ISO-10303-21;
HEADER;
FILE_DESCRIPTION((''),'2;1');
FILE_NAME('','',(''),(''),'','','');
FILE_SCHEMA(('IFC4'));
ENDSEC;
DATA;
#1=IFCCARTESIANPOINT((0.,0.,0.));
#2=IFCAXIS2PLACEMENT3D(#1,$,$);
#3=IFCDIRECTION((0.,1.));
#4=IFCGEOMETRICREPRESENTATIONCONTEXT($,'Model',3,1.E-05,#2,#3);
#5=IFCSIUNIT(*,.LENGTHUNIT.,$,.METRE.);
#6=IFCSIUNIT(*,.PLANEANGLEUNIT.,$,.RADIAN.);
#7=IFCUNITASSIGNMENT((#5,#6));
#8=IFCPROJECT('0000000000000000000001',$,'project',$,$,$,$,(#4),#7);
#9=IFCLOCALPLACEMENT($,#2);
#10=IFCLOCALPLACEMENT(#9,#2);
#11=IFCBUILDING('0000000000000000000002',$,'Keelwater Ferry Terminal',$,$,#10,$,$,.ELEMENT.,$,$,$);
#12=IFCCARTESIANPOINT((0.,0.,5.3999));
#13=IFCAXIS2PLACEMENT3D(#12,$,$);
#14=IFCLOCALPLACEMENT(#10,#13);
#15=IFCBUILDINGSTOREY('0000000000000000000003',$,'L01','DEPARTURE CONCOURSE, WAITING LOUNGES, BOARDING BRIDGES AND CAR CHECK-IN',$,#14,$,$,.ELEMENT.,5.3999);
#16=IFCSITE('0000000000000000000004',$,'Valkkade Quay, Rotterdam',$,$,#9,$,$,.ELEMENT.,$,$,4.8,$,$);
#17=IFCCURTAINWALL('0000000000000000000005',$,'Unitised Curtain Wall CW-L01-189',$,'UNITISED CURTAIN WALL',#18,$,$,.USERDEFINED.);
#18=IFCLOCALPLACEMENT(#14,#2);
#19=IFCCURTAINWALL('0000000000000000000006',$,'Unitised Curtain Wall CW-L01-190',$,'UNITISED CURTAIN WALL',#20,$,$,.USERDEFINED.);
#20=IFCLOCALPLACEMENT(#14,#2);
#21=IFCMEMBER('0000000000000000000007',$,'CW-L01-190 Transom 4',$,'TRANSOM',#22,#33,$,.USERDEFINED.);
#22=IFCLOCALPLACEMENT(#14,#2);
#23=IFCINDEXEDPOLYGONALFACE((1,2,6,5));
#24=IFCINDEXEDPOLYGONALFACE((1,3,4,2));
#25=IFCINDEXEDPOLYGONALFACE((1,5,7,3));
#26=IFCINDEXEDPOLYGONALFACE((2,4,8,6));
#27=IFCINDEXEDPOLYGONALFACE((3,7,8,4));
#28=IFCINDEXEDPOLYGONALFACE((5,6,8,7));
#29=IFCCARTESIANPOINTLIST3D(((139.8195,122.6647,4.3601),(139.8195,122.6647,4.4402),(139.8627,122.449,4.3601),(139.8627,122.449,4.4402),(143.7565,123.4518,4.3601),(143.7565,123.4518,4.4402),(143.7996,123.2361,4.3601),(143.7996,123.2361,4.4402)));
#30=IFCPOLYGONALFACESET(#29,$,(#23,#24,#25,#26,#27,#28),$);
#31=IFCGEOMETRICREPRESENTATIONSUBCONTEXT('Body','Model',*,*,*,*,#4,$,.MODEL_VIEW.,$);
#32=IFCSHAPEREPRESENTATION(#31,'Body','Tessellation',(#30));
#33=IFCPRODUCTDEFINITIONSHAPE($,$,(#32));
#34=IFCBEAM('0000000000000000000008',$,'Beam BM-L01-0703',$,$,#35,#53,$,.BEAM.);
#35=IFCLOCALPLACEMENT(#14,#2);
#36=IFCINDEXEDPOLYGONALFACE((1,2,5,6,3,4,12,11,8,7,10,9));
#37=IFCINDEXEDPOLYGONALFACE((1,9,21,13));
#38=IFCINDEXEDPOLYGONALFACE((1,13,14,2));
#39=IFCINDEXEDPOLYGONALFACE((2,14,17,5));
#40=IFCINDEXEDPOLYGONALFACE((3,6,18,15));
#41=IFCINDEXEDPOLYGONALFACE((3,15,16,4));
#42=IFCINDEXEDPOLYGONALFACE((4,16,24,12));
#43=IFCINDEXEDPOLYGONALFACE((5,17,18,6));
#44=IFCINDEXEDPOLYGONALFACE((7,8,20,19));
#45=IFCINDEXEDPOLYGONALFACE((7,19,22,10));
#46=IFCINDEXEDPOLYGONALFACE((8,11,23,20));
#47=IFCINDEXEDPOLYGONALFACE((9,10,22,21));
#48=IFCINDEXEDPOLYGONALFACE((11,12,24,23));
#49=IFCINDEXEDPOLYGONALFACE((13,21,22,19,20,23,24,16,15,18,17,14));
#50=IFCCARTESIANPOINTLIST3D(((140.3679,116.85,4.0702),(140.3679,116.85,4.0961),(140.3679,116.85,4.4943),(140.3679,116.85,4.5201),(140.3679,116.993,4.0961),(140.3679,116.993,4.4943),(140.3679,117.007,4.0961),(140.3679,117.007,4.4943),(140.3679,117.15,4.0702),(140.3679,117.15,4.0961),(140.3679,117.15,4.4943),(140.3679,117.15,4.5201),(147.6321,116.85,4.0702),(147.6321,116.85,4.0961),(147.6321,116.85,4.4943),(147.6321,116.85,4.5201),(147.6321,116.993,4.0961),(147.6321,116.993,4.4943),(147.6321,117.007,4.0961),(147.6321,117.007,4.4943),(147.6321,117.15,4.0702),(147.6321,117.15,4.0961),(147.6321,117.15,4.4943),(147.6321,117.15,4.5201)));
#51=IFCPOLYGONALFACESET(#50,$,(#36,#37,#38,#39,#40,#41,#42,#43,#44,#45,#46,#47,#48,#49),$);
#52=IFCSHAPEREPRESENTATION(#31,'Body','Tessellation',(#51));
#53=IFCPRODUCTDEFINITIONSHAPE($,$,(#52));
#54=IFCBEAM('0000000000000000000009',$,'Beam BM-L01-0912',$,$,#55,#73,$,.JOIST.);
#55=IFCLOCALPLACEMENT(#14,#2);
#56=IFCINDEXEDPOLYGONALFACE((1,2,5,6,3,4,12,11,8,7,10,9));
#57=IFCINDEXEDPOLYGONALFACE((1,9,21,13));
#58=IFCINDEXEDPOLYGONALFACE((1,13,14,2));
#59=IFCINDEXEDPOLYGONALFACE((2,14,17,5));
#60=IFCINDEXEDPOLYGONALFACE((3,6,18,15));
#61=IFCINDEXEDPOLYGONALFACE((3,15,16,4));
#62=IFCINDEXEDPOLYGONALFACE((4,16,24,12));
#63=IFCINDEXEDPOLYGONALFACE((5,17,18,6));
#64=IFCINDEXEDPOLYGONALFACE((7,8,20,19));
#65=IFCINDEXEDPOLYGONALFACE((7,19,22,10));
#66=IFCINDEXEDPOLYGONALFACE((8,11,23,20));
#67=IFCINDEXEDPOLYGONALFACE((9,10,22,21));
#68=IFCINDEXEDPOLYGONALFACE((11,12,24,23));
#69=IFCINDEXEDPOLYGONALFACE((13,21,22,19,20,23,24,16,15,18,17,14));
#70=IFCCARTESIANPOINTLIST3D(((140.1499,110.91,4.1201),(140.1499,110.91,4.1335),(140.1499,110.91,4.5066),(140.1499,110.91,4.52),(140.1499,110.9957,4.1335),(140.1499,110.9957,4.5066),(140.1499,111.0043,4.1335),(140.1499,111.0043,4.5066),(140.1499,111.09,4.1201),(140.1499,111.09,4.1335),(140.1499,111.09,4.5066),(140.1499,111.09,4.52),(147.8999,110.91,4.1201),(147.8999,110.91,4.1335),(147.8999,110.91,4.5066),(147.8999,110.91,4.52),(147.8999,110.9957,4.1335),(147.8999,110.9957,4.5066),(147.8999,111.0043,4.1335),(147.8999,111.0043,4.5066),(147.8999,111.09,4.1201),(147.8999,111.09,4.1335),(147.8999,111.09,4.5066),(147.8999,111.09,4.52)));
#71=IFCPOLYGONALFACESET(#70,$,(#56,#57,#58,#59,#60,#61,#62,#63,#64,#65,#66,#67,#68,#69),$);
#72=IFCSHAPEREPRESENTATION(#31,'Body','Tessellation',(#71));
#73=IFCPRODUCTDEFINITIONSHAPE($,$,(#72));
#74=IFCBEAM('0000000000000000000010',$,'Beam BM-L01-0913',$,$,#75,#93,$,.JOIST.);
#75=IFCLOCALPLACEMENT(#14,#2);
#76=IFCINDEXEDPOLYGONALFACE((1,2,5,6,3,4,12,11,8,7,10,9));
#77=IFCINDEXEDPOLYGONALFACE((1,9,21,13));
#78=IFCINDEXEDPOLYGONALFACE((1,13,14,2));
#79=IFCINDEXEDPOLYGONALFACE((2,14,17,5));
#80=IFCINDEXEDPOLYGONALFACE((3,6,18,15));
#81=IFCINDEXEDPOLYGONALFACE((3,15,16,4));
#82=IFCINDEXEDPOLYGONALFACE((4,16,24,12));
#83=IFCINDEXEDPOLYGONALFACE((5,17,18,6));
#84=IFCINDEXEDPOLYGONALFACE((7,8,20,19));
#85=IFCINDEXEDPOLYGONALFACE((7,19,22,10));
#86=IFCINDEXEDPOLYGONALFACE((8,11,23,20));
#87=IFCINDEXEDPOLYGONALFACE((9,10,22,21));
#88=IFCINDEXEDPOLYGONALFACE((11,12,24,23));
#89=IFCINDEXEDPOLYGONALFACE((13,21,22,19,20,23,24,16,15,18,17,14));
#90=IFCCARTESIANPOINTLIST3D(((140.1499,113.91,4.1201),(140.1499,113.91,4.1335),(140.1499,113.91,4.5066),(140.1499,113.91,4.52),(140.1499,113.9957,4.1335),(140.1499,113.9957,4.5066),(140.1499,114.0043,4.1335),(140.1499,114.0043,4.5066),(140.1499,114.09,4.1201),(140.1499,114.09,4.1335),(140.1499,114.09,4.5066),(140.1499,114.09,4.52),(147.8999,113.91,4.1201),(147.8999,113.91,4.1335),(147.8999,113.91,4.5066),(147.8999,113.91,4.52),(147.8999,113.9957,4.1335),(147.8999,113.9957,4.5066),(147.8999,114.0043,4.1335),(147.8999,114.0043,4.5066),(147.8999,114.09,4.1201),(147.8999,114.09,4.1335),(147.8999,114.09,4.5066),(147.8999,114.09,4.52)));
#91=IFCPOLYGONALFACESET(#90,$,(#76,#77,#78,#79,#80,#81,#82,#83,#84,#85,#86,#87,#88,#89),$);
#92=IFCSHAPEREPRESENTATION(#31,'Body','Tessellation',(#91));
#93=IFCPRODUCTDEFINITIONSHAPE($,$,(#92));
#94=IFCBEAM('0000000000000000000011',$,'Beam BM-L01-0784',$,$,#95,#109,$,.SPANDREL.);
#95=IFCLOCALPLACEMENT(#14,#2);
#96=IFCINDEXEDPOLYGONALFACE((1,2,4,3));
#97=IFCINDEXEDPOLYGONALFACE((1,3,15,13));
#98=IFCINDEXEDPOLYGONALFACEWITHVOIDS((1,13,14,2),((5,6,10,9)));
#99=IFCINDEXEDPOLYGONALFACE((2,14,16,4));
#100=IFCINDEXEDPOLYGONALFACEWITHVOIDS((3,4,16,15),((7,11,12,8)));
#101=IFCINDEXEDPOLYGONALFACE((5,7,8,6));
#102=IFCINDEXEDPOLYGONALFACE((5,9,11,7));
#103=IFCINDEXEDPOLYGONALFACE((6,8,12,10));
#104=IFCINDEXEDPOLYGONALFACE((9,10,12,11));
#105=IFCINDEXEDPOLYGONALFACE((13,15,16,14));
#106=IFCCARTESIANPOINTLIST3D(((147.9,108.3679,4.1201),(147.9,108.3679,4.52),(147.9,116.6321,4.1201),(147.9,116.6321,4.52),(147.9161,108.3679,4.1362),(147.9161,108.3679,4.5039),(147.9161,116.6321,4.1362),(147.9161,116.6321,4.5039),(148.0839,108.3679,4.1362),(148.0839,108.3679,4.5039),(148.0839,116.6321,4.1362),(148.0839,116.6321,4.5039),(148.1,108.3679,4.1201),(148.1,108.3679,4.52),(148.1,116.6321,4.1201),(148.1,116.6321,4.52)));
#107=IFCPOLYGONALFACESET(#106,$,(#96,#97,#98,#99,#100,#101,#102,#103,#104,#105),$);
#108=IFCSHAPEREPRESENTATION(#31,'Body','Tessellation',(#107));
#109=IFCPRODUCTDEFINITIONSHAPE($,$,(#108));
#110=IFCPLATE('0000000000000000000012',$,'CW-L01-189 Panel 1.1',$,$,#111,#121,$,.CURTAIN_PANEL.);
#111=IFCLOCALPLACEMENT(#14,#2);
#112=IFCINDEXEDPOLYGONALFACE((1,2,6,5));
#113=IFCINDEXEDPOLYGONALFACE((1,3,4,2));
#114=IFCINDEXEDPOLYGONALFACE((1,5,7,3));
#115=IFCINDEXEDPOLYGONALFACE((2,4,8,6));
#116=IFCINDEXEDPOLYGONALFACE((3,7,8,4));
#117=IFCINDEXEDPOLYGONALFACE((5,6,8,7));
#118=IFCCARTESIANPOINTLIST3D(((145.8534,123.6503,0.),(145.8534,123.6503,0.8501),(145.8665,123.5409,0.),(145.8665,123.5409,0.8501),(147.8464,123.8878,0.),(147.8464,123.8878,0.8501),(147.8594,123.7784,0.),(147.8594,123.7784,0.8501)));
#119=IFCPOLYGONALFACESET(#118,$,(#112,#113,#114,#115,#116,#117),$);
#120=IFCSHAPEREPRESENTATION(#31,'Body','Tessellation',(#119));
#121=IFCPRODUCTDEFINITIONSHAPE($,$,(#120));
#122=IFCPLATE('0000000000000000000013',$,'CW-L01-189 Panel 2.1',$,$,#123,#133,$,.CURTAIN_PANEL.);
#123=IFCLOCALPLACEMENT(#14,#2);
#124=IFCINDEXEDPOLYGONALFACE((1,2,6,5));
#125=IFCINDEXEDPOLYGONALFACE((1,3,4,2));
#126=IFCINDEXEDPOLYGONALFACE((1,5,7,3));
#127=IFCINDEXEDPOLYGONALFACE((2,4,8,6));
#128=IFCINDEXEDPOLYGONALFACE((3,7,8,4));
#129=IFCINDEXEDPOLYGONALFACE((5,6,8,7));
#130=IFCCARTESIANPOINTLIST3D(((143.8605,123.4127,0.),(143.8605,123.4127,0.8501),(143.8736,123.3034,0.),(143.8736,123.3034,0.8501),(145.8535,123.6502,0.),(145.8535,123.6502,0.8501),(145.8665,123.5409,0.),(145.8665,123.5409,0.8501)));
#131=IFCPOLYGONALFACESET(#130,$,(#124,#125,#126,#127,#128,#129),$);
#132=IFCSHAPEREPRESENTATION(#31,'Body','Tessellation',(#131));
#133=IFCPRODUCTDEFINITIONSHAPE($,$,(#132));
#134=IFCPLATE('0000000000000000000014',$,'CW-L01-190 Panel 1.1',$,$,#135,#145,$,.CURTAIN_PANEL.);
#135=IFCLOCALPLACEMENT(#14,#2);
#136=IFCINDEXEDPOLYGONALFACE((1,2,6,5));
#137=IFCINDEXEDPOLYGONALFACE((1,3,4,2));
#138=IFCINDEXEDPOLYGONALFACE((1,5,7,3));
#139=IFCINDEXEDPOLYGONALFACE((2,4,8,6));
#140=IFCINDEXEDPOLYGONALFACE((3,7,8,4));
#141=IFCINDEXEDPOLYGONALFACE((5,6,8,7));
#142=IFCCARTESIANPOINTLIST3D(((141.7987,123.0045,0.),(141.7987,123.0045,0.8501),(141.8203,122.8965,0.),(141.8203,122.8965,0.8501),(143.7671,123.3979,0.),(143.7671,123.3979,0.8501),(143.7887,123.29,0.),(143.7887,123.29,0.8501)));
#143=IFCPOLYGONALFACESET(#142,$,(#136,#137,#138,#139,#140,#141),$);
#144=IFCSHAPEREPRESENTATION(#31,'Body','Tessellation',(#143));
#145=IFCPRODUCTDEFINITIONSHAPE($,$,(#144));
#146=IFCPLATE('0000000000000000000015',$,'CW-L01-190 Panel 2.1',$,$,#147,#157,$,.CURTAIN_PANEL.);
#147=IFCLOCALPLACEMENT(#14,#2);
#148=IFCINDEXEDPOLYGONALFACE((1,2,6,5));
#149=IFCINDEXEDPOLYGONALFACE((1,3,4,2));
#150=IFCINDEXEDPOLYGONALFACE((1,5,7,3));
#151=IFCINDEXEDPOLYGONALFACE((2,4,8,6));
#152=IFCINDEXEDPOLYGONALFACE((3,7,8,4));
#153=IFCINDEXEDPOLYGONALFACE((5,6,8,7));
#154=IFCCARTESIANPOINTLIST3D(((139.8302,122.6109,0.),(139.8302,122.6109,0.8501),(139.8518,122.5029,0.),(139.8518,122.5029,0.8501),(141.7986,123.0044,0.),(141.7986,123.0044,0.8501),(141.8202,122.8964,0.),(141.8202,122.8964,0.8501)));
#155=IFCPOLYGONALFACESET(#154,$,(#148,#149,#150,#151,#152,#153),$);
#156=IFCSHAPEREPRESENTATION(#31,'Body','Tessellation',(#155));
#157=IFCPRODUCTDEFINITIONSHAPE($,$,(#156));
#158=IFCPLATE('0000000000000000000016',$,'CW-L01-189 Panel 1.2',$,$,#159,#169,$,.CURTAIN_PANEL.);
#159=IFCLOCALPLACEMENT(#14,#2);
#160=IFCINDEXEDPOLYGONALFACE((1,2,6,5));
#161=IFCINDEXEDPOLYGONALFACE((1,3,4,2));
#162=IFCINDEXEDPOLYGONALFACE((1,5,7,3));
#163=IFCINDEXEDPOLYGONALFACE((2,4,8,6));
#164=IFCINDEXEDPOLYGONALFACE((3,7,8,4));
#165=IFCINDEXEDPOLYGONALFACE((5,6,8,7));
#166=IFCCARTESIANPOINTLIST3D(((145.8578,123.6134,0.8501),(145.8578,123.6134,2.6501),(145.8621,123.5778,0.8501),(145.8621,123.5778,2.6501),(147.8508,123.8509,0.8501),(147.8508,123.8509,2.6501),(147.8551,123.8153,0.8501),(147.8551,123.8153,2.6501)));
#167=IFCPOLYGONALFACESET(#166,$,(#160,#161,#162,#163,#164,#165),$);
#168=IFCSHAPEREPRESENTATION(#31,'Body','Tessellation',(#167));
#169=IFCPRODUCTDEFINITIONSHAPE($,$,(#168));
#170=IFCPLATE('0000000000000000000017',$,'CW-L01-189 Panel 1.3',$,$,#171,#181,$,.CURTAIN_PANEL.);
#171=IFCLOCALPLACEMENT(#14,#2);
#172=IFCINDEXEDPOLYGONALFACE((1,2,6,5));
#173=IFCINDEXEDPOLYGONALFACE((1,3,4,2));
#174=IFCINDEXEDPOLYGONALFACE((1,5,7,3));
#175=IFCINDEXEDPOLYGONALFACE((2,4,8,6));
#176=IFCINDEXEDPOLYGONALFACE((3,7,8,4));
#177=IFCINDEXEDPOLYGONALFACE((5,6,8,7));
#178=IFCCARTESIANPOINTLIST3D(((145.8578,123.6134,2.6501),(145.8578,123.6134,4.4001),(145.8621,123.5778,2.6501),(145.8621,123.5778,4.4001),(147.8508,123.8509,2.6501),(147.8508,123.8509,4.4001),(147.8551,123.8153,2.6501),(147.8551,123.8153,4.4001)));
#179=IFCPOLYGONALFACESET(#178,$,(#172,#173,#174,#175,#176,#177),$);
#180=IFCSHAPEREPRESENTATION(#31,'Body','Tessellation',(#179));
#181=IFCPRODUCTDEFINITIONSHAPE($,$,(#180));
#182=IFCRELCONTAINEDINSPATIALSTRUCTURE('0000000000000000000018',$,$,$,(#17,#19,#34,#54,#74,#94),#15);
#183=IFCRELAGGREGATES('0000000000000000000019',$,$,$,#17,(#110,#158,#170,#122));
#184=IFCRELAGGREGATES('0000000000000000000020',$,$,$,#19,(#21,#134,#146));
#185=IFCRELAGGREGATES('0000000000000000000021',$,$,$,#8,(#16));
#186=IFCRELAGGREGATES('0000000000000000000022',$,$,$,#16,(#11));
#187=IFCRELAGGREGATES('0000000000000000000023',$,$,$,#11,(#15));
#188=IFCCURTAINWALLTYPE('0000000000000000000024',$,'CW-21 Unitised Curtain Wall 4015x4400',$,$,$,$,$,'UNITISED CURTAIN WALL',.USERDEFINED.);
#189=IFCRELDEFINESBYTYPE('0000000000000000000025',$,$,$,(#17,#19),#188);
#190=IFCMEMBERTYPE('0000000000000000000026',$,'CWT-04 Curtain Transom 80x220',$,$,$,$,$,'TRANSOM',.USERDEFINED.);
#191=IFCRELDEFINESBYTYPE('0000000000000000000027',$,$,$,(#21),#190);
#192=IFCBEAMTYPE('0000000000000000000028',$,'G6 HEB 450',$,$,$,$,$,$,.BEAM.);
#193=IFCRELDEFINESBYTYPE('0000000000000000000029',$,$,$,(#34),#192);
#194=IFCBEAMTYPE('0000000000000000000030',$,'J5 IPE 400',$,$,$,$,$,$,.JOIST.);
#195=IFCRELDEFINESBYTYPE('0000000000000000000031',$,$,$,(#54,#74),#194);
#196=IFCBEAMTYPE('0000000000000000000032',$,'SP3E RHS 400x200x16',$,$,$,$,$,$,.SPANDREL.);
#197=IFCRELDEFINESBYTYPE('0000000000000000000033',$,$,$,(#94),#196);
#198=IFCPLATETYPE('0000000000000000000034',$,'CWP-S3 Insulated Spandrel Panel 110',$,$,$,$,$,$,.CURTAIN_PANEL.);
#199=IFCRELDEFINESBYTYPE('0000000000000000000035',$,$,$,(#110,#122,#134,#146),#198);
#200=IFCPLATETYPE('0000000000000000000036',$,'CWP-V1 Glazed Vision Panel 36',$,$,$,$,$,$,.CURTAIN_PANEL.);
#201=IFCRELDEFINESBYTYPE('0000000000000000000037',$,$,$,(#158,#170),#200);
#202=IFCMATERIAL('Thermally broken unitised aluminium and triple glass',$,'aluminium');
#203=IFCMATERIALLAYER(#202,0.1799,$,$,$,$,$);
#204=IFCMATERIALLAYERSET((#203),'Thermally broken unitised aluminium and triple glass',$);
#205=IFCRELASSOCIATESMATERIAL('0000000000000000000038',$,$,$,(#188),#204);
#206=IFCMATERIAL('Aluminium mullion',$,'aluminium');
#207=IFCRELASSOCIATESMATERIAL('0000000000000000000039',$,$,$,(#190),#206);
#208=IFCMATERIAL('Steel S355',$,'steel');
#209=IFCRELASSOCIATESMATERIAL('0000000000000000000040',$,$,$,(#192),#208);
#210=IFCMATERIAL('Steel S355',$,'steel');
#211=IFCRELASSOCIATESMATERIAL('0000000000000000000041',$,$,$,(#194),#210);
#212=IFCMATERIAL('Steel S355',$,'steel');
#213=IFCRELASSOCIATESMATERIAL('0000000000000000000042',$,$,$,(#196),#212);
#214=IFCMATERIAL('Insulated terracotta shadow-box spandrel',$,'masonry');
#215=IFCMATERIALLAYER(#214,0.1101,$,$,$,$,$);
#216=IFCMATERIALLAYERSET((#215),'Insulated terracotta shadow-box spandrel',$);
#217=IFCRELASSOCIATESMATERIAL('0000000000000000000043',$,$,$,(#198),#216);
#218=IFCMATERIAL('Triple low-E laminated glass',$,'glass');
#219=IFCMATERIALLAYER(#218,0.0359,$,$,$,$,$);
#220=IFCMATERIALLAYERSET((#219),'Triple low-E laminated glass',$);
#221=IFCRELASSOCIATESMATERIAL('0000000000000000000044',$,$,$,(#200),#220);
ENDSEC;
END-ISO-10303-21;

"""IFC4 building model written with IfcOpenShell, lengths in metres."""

from ifc_helpers import new_model, si_unit, direction, frame, origin, origin_2d, place, context, subcontext, project, spatial, rectangle, hollow_rectangle, i_section, extrude, material, layer, layer_set, material_profile, profile_set, type_object, element, aggregate, save


model = new_model("IFC4")

# Units and contexts
model_context = context("Model", 3, precision=1e-05, world=origin(), true_north=direction((0.0, 1.0)))
body_context = subcontext(model_context, "Body", "Model", "MODEL_VIEW")
ifc_project = project(units=[si_unit("LENGTHUNIT", "METRE"), si_unit("PLANEANGLEUNIT", "RADIAN")], contexts=[model_context])

# Site, building, storey
site_placement = place(None, origin())
site = spatial("IfcSite", under=ifc_project, at=site_placement, Name="Valkkade Quay, Rotterdam", CompositionType="ELEMENT", RefElevation=4.8)
building_placement = place(site_placement, origin())
building = spatial("IfcBuilding", under=site, at=building_placement, Name="Keelwater Ferry Terminal", CompositionType="ELEMENT")
storey_placement = place(building_placement, frame((0.0, 0.0, 5.3999)))
storey = spatial("IfcBuildingStorey", under=building, at=storey_placement, Name="L01", Description="DEPARTURE CONCOURSE, WAITING LOUNGES, BOARDING BRIDGES AND CAR CHECK-IN", CompositionType="ELEMENT", Elevation=5.3999)

# Shared definitions
ifc_material_1 = material(Name="Thermally broken unitised aluminium and triple glass", Category="aluminium")
ifc_layer_1 = layer(ifc_material_1, 0.1799)
ifc_layer_set_1 = layer_set([ifc_layer_1], Name="Thermally broken unitised aluminium and triple glass")
curtain_wall_type = type_object("IfcCurtainWallType", Name="CW-21 Unitised Curtain Wall 4015x4400", ElementType="UNITISED CURTAIN WALL", PredefinedType="USERDEFINED", material=ifc_layer_set_1)

# Curtain walls
curtain_wall_1_placement = place(storey_placement, origin())
curtain_wall_1 = element("IfcCurtainWall", 1, at=curtain_wall_1_placement, inside=storey, type_object=curtain_wall_type, Name="Unitised Curtain Wall CW-L01-189", ObjectType="UNITISED CURTAIN WALL", PredefinedType="USERDEFINED")
curtain_wall_2_placement = place(storey_placement, origin())
curtain_wall_2 = element("IfcCurtainWall", 2, at=curtain_wall_2_placement, inside=storey, type_object=curtain_wall_type, Name="Unitised Curtain Wall CW-L01-190", ObjectType="UNITISED CURTAIN WALL", PredefinedType="USERDEFINED")

# Member
ifc_material_2 = material(Name="Aluminium mullion", Category="aluminium")
ifc_material_profile_1 = material_profile(ifc_material_2, rectangle(XDim=0.22, YDim=0.0801, at=origin_2d()), Name="CWT-04")
ifc_profile_set_1 = profile_set([ifc_material_profile_1], Name="Aluminium mullion")
member_type_1 = type_object("IfcMemberType", Name="CWT-04 Curtain Transom 80x220", ElementType="TRANSOM", PredefinedType="USERDEFINED", material=ifc_profile_set_1)
member_1_placement = place(storey_placement, frame((143.7781, 123.344, 4.4001), z_axis=(-0.980595, -0.196046, 0.0), x_axis=(0.196046, -0.980595, 0.0)))
member_1 = element("IfcMember", 3, at=member_1_placement, type_object=member_type_1, Name="CW-L01-190 Transom 4", ObjectType="TRANSOM", PredefinedType="USERDEFINED", context=body_context, shape_type="SweptSolid", body=[
    extrude(rectangle(XDim=0.22, YDim=0.0801, at=origin_2d()), origin(), (0.0, 0.0, 1.0), 4.0149),
])

# Beams
ifc_material_3 = material(Name="Steel S355", Category="steel")
ifc_material_profile_2 = material_profile(ifc_material_3, i_section(OverallWidth=0.3, OverallDepth=0.45, WebThickness=0.0139, FlangeThickness=0.0259, at=origin_2d()), Name="HEB 450")
ifc_profile_set_2 = profile_set([ifc_material_profile_2], Name="Steel S355")
beam_type_1 = type_object("IfcBeamType", Name="G6 HEB 450", PredefinedType="BEAM", material=ifc_profile_set_2)
beam_1_placement = place(storey_placement, frame((140.3679, 117.0, 4.2952), z_axis=(1.0, 0.0, 0.0), x_axis=(0.0, 1.0, 0.0)))
element("IfcBeam", 4, at=beam_1_placement, inside=storey, type_object=beam_type_1, Name="Beam BM-L01-0703", PredefinedType="BEAM", context=body_context, shape_type="SweptSolid", body=[
    extrude(i_section(OverallWidth=0.3, OverallDepth=0.45, WebThickness=0.0139, FlangeThickness=0.0259, at=origin_2d()), origin(), (0.0, 0.0, 1.0), 7.2642),
])
ifc_material_4 = material(Name="Steel S355", Category="steel")
ifc_material_profile_3 = material_profile(ifc_material_4, i_section(OverallWidth=0.1799, OverallDepth=0.3999, WebThickness=0.0085, FlangeThickness=0.0134, at=origin_2d()), Name="IPE 400")
ifc_profile_set_3 = profile_set([ifc_material_profile_3], Name="Steel S355")
beam_type_2 = type_object("IfcBeamType", Name="J5 IPE 400", PredefinedType="JOIST", material=ifc_profile_set_3)
for number, where, z_axis, x_axis, name in (
    (5, (140.1499, 111.0, 4.3201), (1.0, 0.0, 0.0), (0.0, 1.0, 0.0), "Beam BM-L01-0912"),
    (6, (140.1499, 114.0, 4.3201), (1.0, 0.0, 0.0), (0.0, 1.0, 0.0), "Beam BM-L01-0913"),
):
    element("IfcBeam", number, at=place(storey_placement, frame(where, z_axis=z_axis, x_axis=x_axis)), inside=storey, type_object=beam_type_2, Name=name, PredefinedType="JOIST", context=body_context, shape_type="SweptSolid", body=[
        extrude(i_section(OverallWidth=0.1799, OverallDepth=0.3999, WebThickness=0.0085, FlangeThickness=0.0134, at=origin_2d()), origin(), (0.0, 0.0, 1.0), 7.75),
    ])
ifc_material_5 = material(Name="Steel S355", Category="steel")
ifc_material_profile_4 = material_profile(ifc_material_5, hollow_rectangle(XDim=0.2, YDim=0.3999, WallThickness=0.0161, at=origin_2d()), Name="RHS 400x200x16")
ifc_profile_set_4 = profile_set([ifc_material_profile_4], Name="Steel S355")
beam_type_3 = type_object("IfcBeamType", Name="SP3E RHS 400x200x16", PredefinedType="SPANDREL", material=ifc_profile_set_4)
beam_2_placement = place(storey_placement, frame((148.0, 108.3679, 4.3201), z_axis=(0.0, 1.0, 0.0), x_axis=(-1.0, 0.0, 0.0)))
element("IfcBeam", 7, at=beam_2_placement, inside=storey, type_object=beam_type_3, Name="Beam BM-L01-0784", PredefinedType="SPANDREL", context=body_context, shape_type="SweptSolid", body=[
    extrude(hollow_rectangle(XDim=0.2, YDim=0.3999, WallThickness=0.0161, at=origin_2d()), origin(), (0.0, 0.0, 1.0), 8.2642),
])

# Plates
ifc_material_6 = material(Name="Insulated terracotta shadow-box spandrel", Category="masonry")
ifc_layer_2 = layer(ifc_material_6, 0.1101)
ifc_layer_set_2 = layer_set([ifc_layer_2], Name="Insulated terracotta shadow-box spandrel")
plate_type_1 = type_object("IfcPlateType", Name="CWP-S3 Insulated Spandrel Panel 110", PredefinedType="CURTAIN_PANEL", material=ifc_layer_set_2)
plate_1_placement = place(storey_placement, frame((146.8564, 123.7144, 0.0), z_axis=(0.0, 0.0, 1.0), x_axis=(-0.992974, -0.11833, 0.0)))
plate_1 = element("IfcPlate", 8, at=plate_1_placement, type_object=plate_type_1, Name="CW-L01-189 Panel 1.1", PredefinedType="CURTAIN_PANEL", context=body_context, shape_type="SweptSolid", body=[
    extrude(rectangle(XDim=2.0071, YDim=0.1101, at=origin_2d()), origin(), (0.0, 0.0, 1.0), 0.8501),
])
plate_2_placement = place(storey_placement, frame((144.8635, 123.4768, 0.0), z_axis=(0.0, 0.0, 1.0), x_axis=(-0.992974, -0.11833, 0.0)))
plate_2 = element("IfcPlate", 9, at=plate_2_placement, type_object=plate_type_1, Name="CW-L01-189 Panel 2.1", PredefinedType="CURTAIN_PANEL", context=body_context, shape_type="SweptSolid", body=[
    extrude(rectangle(XDim=2.0071, YDim=0.1101, at=origin_2d()), origin(), (0.0, 0.0, 1.0), 0.8501),
])
plate_3_placement = place(storey_placement, frame((142.7937, 123.1472, 0.0), z_axis=(0.0, 0.0, 1.0), x_axis=(-0.9806, -0.19602, 0.0)))
plate_3 = element("IfcPlate", 10, at=plate_3_placement, type_object=plate_type_1, Name="CW-L01-190 Panel 1.1", PredefinedType="CURTAIN_PANEL", context=body_context, shape_type="SweptSolid", body=[
    extrude(rectangle(XDim=2.0073, YDim=0.1101, at=origin_2d()), origin(), (0.0, 0.0, 1.0), 0.8501),
])
plate_4_placement = place(storey_placement, frame((140.8252, 122.7537, 0.0), z_axis=(0.0, 0.0, 1.0), x_axis=(-0.9806, -0.19602, 0.0)))
plate_4 = element("IfcPlate", 11, at=plate_4_placement, type_object=plate_type_1, Name="CW-L01-190 Panel 2.1", PredefinedType="CURTAIN_PANEL", context=body_context, shape_type="SweptSolid", body=[
    extrude(rectangle(XDim=2.0073, YDim=0.1101, at=origin_2d()), origin(), (0.0, 0.0, 1.0), 0.8501),
])
ifc_material_7 = material(Name="Triple low-E laminated glass", Category="glass")
ifc_layer_3 = layer(ifc_material_7, 0.0359)
ifc_layer_set_3 = layer_set([ifc_layer_3], Name="Triple low-E laminated glass")
plate_type_2 = type_object("IfcPlateType", Name="CWP-V1 Glazed Vision Panel 36", PredefinedType="CURTAIN_PANEL", material=ifc_layer_set_3)
plate_5_placement = place(storey_placement, frame((146.8564, 123.7144, 0.8501), z_axis=(0.0, 0.0, 1.0), x_axis=(-0.992974, -0.11833, 0.0)))
plate_5 = element("IfcPlate", 12, at=plate_5_placement, type_object=plate_type_2, Name="CW-L01-189 Panel 1.2", PredefinedType="CURTAIN_PANEL", context=body_context, shape_type="SweptSolid", body=[
    extrude(rectangle(XDim=2.0071, YDim=0.0359, at=origin_2d()), origin(), (0.0, 0.0, 1.0), 1.8),
])
plate_6_placement = place(storey_placement, frame((146.8564, 123.7144, 2.6501), z_axis=(0.0, 0.0, 1.0), x_axis=(-0.992974, -0.11833, 0.0)))
plate_6 = element("IfcPlate", 13, at=plate_6_placement, type_object=plate_type_2, Name="CW-L01-189 Panel 1.3", PredefinedType="CURTAIN_PANEL", context=body_context, shape_type="SweptSolid", body=[
    extrude(rectangle(XDim=2.0071, YDim=0.0359, at=origin_2d()), origin(), (0.0, 0.0, 1.0), 1.75),
])
aggregate(curtain_wall_1, [plate_1, plate_5, plate_6, plate_2])
aggregate(curtain_wall_2, [member_1, plate_3, plate_4])

save(model, "model.ifc")
